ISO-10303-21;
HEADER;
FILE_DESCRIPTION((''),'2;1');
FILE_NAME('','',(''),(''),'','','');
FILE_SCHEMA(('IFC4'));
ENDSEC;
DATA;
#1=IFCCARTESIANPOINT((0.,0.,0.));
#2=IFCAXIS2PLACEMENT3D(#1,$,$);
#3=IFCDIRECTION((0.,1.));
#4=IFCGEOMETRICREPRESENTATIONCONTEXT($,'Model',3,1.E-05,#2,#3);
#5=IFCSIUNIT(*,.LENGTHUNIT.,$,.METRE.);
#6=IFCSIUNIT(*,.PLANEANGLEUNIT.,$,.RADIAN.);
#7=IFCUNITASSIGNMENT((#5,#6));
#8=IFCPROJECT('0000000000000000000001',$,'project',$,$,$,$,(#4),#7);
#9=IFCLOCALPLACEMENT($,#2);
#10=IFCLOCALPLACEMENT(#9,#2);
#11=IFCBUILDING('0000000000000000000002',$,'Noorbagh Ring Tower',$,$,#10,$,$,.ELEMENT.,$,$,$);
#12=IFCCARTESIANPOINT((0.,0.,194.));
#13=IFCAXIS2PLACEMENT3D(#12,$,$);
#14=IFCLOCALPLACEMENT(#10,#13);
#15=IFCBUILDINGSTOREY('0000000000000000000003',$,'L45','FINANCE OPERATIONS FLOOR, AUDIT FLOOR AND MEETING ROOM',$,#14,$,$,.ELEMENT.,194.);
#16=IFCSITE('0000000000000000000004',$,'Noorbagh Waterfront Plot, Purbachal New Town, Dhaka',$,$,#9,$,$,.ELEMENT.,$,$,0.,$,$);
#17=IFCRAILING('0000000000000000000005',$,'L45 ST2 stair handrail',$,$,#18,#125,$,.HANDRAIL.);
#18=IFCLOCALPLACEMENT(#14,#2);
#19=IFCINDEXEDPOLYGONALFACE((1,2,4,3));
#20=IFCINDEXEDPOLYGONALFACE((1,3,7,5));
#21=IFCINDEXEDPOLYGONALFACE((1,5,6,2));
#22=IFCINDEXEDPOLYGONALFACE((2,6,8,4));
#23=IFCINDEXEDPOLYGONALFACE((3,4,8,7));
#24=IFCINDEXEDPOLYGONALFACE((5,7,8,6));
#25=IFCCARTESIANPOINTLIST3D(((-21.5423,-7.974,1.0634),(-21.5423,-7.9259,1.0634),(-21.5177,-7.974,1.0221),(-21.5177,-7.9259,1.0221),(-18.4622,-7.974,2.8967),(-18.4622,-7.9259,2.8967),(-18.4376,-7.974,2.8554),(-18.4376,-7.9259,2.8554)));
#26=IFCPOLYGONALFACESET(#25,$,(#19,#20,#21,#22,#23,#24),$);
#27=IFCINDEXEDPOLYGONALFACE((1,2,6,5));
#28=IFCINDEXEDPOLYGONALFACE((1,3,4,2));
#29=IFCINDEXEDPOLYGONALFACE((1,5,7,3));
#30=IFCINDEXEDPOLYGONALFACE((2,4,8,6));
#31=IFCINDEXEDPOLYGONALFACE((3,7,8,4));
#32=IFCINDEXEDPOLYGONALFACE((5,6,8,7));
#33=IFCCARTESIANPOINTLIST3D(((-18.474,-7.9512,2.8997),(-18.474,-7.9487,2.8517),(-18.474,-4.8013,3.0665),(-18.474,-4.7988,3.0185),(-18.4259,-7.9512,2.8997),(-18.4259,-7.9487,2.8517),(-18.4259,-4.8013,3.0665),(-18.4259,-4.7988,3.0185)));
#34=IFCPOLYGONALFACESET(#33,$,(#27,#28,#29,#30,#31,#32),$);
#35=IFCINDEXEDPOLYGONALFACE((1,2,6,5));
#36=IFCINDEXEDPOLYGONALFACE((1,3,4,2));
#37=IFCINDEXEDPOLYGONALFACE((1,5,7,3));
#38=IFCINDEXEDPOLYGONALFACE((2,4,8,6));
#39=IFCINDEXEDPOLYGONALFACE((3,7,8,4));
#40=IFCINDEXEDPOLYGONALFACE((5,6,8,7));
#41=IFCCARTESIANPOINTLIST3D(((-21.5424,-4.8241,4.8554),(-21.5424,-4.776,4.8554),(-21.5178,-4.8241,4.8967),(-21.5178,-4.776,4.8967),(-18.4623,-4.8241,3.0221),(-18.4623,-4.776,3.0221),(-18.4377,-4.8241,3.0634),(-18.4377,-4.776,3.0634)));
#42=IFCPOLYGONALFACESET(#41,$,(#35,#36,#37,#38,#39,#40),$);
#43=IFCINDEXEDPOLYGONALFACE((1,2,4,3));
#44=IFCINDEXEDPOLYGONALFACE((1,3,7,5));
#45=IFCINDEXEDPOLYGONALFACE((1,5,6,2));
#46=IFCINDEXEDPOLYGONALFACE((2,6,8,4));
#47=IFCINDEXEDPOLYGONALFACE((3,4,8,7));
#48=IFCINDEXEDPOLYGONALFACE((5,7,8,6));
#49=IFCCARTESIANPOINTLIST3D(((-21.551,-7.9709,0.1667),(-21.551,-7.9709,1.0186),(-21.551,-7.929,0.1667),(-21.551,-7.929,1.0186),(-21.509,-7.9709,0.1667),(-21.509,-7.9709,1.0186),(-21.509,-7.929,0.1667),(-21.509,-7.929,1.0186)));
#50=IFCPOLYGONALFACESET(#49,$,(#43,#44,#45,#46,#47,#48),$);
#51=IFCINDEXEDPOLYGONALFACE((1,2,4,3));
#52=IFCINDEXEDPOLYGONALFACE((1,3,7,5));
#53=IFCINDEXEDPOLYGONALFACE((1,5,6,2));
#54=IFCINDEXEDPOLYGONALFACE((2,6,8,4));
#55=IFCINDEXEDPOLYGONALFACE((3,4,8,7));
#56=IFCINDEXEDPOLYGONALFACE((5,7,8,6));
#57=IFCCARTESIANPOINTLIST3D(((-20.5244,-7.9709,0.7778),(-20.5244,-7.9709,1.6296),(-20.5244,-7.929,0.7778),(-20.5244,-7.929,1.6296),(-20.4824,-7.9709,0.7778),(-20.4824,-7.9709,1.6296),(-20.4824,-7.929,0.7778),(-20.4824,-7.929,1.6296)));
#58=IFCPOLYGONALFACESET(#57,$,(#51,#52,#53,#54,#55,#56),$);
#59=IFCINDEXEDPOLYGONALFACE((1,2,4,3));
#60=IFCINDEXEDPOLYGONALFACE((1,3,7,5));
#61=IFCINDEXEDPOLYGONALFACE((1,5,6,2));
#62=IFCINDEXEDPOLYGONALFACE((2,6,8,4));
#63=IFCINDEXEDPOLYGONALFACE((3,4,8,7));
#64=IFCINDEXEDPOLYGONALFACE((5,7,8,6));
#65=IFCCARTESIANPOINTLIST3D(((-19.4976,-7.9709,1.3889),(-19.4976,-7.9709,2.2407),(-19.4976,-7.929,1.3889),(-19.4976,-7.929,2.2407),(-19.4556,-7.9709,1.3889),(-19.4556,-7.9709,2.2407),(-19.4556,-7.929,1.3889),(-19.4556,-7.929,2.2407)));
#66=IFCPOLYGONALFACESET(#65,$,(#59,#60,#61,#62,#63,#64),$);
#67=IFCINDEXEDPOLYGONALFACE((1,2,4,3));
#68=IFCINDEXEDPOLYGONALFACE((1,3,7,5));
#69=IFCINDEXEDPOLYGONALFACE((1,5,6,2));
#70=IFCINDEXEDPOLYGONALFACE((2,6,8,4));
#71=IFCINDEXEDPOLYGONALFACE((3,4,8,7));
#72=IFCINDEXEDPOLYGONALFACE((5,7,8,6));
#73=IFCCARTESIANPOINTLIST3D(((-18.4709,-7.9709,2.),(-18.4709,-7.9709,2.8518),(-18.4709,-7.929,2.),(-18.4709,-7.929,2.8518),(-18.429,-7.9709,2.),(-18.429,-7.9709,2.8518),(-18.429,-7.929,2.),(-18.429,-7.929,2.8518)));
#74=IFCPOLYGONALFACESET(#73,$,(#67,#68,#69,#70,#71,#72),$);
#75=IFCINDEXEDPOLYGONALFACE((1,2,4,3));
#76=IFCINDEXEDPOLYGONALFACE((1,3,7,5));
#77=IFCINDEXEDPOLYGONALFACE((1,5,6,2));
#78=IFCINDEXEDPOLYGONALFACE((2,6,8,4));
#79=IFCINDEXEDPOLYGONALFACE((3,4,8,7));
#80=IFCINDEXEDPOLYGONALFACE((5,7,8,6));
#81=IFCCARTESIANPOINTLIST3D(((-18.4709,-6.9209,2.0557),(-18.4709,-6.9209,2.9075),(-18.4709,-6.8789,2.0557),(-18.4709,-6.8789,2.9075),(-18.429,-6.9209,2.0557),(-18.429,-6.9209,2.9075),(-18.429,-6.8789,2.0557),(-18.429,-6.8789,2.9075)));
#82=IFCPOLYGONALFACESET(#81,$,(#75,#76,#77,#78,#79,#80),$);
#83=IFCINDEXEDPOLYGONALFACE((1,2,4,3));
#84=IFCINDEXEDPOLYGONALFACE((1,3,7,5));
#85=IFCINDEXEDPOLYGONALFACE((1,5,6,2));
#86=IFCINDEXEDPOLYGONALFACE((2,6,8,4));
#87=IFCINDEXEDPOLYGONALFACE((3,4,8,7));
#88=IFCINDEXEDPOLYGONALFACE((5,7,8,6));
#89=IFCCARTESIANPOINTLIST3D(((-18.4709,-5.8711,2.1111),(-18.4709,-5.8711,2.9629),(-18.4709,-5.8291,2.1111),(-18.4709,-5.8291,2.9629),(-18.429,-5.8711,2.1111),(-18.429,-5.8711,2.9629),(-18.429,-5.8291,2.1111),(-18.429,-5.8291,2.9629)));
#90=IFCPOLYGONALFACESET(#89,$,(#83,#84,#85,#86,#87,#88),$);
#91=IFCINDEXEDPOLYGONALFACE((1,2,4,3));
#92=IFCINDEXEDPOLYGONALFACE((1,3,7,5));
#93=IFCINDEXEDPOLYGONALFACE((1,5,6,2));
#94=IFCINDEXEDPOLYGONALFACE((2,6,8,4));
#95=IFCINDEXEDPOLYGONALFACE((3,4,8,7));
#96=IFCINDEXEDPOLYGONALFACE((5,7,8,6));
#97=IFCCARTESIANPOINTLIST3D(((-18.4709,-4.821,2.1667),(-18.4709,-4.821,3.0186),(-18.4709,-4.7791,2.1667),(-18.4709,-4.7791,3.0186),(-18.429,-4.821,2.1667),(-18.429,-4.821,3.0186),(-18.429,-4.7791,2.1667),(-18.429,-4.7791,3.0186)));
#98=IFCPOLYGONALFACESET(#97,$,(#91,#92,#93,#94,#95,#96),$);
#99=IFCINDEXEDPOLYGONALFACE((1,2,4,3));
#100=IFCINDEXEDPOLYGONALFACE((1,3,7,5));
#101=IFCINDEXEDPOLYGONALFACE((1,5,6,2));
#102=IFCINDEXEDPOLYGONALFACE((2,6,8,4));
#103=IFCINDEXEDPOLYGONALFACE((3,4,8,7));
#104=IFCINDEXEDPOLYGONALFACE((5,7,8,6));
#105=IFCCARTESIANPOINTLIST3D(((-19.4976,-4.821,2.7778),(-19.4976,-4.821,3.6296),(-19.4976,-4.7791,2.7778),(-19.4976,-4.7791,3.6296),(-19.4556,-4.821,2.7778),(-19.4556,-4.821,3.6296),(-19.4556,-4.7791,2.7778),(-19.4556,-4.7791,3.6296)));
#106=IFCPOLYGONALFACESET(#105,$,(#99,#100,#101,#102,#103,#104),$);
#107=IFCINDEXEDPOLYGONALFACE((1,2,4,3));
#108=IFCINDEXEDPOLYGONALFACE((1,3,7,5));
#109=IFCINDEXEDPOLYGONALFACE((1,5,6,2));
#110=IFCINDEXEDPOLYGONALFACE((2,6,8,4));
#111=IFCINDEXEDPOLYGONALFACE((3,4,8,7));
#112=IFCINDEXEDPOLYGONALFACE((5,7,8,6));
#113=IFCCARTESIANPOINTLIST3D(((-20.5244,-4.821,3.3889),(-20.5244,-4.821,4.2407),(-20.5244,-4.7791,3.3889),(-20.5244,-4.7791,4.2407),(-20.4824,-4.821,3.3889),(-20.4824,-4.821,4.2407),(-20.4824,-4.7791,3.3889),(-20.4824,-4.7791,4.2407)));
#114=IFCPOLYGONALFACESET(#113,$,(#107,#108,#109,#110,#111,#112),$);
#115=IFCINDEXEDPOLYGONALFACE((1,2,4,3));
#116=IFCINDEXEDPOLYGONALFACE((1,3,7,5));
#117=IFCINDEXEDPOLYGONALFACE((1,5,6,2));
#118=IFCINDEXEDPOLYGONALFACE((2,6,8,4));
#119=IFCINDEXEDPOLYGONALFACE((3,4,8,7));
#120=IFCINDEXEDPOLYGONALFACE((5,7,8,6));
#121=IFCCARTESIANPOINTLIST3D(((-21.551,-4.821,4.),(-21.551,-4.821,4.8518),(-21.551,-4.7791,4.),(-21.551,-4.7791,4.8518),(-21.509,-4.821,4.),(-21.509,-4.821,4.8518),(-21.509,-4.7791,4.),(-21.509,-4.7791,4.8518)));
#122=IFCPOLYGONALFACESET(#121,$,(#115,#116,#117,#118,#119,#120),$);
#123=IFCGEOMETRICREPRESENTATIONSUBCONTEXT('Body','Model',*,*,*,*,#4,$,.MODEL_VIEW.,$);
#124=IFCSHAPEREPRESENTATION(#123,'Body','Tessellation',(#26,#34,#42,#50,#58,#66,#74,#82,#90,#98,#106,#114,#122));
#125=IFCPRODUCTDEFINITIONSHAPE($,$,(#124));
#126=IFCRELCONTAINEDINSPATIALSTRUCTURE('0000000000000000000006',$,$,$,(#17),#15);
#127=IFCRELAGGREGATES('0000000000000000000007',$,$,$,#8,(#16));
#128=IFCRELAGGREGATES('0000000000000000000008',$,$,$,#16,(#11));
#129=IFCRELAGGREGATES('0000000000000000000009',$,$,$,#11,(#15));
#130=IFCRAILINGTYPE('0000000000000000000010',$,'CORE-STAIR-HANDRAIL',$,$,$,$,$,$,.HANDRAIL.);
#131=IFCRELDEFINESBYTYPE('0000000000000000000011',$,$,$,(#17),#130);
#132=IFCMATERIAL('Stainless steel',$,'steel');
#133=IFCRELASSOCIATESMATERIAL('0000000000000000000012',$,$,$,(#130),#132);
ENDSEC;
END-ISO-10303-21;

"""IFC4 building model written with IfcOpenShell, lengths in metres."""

from ifc_helpers import new_model, si_unit, direction, frame, origin, origin_2d, place, context, subcontext, project, spatial, rectangle, extrude, material, type_object, element, save


model = new_model("IFC4")

# Units and contexts
model_context = context("Model", 3, precision=1e-05, world=origin(), true_north=direction((0.0, 1.0)))
body_context = subcontext(model_context, "Body", "Model", "MODEL_VIEW")
ifc_project = project(units=[si_unit("LENGTHUNIT", "METRE"), si_unit("PLANEANGLEUNIT", "RADIAN")], contexts=[model_context])

# Site, building, storey
site_placement = place(None, origin())
site = spatial("IfcSite", under=ifc_project, at=site_placement, Name="Noorbagh Waterfront Plot, Purbachal New Town, Dhaka", CompositionType="ELEMENT", RefElevation=0.0)
building_placement = place(site_placement, origin())
building = spatial("IfcBuilding", under=site, at=building_placement, Name="Noorbagh Ring Tower", CompositionType="ELEMENT")
storey_placement = place(building_placement, frame((0.0, 0.0, 194.0)))
storey = spatial("IfcBuildingStorey", under=building, at=storey_placement, Name="L45", Description="FINANCE OPERATIONS FLOOR, AUDIT FLOOR AND MEETING ROOM", CompositionType="ELEMENT", Elevation=194.0)

# Railing
ifc_material_1 = material(Name="Stainless steel", Category="steel")
railing_type_1 = type_object("IfcRailingType", Name="CORE-STAIR-HANDRAIL", PredefinedType="HANDRAIL", material=ifc_material_1)
railing_1_placement = place(storey_placement, frame((-21.53, -7.95, 0.1667)))
element("IfcRailing", 1, at=railing_1_placement, inside=storey, type_object=railing_type_1, Name="L45 ST2 stair handrail", PredefinedType="HANDRAIL", context=body_context, shape_type="SweptSolid", body=[
    extrude(rectangle(XDim=0.0481, YDim=0.0481, at=origin_2d()), frame((0.0, 0.0, 0.876), z_axis=(0.859309, 0.0, 0.511458), x_axis=(0.0, 1.0, 0.0)), (0.0, 0.0, 1.0), 3.5845),
    extrude(rectangle(XDim=0.0481, YDim=0.0481, at=origin_2d()), frame((3.0801, 0.0, 2.709), z_axis=(0.0, 0.998602, 0.052864), x_axis=(-1.0, 0.0, 0.0)), (0.0, 0.0, 1.0), 3.1543),
    extrude(rectangle(XDim=0.0481, YDim=0.0481, at=origin_2d()), frame((3.0801, 3.1499, 2.876), z_axis=(-0.859309, 0.0, 0.511458), x_axis=(0.0, -1.0, 0.0)), (0.0, 0.0, 1.0), 3.5845),
    extrude(rectangle(XDim=0.042, YDim=0.042, at=origin_2d()), origin(), (0.0, 0.0, 1.0), 0.8518),
    extrude(rectangle(XDim=0.042, YDim=0.042, at=origin_2d()), frame((1.0266, 0.0, 0.6111)), (0.0, 0.0, 1.0), 0.8518),
    extrude(rectangle(XDim=0.042, YDim=0.042, at=origin_2d()), frame((2.0535, 0.0, 1.2222)), (0.0, 0.0, 1.0), 0.8518),
    extrude(rectangle(XDim=0.042, YDim=0.042, at=origin_2d()), frame((3.0801, 0.0, 1.8333)), (0.0, 0.0, 1.0), 0.8518),
    extrude(rectangle(XDim=0.042, YDim=0.042, at=origin_2d()), frame((3.0801, 1.05, 1.8889)), (0.0, 0.0, 1.0), 0.8518),
    extrude(rectangle(XDim=0.042, YDim=0.042, at=origin_2d()), frame((3.0801, 2.0999, 1.9443)), (0.0, 0.0, 1.0), 0.8518),
    extrude(rectangle(XDim=0.042, YDim=0.042, at=origin_2d()), frame((3.0801, 3.1499, 2.0)), (0.0, 0.0, 1.0), 0.8518),
    extrude(rectangle(XDim=0.042, YDim=0.042, at=origin_2d()), frame((2.0535, 3.1499, 2.6111)), (0.0, 0.0, 1.0), 0.8518),
    extrude(rectangle(XDim=0.042, YDim=0.042, at=origin_2d()), frame((1.0266, 3.1499, 3.2222)), (0.0, 0.0, 1.0), 0.8518),
    extrude(rectangle(XDim=0.042, YDim=0.042, at=origin_2d()), frame((0.0, 3.1499, 3.8333)), (0.0, 0.0, 1.0), 0.8518),
])

save(model, "model.ifc")
